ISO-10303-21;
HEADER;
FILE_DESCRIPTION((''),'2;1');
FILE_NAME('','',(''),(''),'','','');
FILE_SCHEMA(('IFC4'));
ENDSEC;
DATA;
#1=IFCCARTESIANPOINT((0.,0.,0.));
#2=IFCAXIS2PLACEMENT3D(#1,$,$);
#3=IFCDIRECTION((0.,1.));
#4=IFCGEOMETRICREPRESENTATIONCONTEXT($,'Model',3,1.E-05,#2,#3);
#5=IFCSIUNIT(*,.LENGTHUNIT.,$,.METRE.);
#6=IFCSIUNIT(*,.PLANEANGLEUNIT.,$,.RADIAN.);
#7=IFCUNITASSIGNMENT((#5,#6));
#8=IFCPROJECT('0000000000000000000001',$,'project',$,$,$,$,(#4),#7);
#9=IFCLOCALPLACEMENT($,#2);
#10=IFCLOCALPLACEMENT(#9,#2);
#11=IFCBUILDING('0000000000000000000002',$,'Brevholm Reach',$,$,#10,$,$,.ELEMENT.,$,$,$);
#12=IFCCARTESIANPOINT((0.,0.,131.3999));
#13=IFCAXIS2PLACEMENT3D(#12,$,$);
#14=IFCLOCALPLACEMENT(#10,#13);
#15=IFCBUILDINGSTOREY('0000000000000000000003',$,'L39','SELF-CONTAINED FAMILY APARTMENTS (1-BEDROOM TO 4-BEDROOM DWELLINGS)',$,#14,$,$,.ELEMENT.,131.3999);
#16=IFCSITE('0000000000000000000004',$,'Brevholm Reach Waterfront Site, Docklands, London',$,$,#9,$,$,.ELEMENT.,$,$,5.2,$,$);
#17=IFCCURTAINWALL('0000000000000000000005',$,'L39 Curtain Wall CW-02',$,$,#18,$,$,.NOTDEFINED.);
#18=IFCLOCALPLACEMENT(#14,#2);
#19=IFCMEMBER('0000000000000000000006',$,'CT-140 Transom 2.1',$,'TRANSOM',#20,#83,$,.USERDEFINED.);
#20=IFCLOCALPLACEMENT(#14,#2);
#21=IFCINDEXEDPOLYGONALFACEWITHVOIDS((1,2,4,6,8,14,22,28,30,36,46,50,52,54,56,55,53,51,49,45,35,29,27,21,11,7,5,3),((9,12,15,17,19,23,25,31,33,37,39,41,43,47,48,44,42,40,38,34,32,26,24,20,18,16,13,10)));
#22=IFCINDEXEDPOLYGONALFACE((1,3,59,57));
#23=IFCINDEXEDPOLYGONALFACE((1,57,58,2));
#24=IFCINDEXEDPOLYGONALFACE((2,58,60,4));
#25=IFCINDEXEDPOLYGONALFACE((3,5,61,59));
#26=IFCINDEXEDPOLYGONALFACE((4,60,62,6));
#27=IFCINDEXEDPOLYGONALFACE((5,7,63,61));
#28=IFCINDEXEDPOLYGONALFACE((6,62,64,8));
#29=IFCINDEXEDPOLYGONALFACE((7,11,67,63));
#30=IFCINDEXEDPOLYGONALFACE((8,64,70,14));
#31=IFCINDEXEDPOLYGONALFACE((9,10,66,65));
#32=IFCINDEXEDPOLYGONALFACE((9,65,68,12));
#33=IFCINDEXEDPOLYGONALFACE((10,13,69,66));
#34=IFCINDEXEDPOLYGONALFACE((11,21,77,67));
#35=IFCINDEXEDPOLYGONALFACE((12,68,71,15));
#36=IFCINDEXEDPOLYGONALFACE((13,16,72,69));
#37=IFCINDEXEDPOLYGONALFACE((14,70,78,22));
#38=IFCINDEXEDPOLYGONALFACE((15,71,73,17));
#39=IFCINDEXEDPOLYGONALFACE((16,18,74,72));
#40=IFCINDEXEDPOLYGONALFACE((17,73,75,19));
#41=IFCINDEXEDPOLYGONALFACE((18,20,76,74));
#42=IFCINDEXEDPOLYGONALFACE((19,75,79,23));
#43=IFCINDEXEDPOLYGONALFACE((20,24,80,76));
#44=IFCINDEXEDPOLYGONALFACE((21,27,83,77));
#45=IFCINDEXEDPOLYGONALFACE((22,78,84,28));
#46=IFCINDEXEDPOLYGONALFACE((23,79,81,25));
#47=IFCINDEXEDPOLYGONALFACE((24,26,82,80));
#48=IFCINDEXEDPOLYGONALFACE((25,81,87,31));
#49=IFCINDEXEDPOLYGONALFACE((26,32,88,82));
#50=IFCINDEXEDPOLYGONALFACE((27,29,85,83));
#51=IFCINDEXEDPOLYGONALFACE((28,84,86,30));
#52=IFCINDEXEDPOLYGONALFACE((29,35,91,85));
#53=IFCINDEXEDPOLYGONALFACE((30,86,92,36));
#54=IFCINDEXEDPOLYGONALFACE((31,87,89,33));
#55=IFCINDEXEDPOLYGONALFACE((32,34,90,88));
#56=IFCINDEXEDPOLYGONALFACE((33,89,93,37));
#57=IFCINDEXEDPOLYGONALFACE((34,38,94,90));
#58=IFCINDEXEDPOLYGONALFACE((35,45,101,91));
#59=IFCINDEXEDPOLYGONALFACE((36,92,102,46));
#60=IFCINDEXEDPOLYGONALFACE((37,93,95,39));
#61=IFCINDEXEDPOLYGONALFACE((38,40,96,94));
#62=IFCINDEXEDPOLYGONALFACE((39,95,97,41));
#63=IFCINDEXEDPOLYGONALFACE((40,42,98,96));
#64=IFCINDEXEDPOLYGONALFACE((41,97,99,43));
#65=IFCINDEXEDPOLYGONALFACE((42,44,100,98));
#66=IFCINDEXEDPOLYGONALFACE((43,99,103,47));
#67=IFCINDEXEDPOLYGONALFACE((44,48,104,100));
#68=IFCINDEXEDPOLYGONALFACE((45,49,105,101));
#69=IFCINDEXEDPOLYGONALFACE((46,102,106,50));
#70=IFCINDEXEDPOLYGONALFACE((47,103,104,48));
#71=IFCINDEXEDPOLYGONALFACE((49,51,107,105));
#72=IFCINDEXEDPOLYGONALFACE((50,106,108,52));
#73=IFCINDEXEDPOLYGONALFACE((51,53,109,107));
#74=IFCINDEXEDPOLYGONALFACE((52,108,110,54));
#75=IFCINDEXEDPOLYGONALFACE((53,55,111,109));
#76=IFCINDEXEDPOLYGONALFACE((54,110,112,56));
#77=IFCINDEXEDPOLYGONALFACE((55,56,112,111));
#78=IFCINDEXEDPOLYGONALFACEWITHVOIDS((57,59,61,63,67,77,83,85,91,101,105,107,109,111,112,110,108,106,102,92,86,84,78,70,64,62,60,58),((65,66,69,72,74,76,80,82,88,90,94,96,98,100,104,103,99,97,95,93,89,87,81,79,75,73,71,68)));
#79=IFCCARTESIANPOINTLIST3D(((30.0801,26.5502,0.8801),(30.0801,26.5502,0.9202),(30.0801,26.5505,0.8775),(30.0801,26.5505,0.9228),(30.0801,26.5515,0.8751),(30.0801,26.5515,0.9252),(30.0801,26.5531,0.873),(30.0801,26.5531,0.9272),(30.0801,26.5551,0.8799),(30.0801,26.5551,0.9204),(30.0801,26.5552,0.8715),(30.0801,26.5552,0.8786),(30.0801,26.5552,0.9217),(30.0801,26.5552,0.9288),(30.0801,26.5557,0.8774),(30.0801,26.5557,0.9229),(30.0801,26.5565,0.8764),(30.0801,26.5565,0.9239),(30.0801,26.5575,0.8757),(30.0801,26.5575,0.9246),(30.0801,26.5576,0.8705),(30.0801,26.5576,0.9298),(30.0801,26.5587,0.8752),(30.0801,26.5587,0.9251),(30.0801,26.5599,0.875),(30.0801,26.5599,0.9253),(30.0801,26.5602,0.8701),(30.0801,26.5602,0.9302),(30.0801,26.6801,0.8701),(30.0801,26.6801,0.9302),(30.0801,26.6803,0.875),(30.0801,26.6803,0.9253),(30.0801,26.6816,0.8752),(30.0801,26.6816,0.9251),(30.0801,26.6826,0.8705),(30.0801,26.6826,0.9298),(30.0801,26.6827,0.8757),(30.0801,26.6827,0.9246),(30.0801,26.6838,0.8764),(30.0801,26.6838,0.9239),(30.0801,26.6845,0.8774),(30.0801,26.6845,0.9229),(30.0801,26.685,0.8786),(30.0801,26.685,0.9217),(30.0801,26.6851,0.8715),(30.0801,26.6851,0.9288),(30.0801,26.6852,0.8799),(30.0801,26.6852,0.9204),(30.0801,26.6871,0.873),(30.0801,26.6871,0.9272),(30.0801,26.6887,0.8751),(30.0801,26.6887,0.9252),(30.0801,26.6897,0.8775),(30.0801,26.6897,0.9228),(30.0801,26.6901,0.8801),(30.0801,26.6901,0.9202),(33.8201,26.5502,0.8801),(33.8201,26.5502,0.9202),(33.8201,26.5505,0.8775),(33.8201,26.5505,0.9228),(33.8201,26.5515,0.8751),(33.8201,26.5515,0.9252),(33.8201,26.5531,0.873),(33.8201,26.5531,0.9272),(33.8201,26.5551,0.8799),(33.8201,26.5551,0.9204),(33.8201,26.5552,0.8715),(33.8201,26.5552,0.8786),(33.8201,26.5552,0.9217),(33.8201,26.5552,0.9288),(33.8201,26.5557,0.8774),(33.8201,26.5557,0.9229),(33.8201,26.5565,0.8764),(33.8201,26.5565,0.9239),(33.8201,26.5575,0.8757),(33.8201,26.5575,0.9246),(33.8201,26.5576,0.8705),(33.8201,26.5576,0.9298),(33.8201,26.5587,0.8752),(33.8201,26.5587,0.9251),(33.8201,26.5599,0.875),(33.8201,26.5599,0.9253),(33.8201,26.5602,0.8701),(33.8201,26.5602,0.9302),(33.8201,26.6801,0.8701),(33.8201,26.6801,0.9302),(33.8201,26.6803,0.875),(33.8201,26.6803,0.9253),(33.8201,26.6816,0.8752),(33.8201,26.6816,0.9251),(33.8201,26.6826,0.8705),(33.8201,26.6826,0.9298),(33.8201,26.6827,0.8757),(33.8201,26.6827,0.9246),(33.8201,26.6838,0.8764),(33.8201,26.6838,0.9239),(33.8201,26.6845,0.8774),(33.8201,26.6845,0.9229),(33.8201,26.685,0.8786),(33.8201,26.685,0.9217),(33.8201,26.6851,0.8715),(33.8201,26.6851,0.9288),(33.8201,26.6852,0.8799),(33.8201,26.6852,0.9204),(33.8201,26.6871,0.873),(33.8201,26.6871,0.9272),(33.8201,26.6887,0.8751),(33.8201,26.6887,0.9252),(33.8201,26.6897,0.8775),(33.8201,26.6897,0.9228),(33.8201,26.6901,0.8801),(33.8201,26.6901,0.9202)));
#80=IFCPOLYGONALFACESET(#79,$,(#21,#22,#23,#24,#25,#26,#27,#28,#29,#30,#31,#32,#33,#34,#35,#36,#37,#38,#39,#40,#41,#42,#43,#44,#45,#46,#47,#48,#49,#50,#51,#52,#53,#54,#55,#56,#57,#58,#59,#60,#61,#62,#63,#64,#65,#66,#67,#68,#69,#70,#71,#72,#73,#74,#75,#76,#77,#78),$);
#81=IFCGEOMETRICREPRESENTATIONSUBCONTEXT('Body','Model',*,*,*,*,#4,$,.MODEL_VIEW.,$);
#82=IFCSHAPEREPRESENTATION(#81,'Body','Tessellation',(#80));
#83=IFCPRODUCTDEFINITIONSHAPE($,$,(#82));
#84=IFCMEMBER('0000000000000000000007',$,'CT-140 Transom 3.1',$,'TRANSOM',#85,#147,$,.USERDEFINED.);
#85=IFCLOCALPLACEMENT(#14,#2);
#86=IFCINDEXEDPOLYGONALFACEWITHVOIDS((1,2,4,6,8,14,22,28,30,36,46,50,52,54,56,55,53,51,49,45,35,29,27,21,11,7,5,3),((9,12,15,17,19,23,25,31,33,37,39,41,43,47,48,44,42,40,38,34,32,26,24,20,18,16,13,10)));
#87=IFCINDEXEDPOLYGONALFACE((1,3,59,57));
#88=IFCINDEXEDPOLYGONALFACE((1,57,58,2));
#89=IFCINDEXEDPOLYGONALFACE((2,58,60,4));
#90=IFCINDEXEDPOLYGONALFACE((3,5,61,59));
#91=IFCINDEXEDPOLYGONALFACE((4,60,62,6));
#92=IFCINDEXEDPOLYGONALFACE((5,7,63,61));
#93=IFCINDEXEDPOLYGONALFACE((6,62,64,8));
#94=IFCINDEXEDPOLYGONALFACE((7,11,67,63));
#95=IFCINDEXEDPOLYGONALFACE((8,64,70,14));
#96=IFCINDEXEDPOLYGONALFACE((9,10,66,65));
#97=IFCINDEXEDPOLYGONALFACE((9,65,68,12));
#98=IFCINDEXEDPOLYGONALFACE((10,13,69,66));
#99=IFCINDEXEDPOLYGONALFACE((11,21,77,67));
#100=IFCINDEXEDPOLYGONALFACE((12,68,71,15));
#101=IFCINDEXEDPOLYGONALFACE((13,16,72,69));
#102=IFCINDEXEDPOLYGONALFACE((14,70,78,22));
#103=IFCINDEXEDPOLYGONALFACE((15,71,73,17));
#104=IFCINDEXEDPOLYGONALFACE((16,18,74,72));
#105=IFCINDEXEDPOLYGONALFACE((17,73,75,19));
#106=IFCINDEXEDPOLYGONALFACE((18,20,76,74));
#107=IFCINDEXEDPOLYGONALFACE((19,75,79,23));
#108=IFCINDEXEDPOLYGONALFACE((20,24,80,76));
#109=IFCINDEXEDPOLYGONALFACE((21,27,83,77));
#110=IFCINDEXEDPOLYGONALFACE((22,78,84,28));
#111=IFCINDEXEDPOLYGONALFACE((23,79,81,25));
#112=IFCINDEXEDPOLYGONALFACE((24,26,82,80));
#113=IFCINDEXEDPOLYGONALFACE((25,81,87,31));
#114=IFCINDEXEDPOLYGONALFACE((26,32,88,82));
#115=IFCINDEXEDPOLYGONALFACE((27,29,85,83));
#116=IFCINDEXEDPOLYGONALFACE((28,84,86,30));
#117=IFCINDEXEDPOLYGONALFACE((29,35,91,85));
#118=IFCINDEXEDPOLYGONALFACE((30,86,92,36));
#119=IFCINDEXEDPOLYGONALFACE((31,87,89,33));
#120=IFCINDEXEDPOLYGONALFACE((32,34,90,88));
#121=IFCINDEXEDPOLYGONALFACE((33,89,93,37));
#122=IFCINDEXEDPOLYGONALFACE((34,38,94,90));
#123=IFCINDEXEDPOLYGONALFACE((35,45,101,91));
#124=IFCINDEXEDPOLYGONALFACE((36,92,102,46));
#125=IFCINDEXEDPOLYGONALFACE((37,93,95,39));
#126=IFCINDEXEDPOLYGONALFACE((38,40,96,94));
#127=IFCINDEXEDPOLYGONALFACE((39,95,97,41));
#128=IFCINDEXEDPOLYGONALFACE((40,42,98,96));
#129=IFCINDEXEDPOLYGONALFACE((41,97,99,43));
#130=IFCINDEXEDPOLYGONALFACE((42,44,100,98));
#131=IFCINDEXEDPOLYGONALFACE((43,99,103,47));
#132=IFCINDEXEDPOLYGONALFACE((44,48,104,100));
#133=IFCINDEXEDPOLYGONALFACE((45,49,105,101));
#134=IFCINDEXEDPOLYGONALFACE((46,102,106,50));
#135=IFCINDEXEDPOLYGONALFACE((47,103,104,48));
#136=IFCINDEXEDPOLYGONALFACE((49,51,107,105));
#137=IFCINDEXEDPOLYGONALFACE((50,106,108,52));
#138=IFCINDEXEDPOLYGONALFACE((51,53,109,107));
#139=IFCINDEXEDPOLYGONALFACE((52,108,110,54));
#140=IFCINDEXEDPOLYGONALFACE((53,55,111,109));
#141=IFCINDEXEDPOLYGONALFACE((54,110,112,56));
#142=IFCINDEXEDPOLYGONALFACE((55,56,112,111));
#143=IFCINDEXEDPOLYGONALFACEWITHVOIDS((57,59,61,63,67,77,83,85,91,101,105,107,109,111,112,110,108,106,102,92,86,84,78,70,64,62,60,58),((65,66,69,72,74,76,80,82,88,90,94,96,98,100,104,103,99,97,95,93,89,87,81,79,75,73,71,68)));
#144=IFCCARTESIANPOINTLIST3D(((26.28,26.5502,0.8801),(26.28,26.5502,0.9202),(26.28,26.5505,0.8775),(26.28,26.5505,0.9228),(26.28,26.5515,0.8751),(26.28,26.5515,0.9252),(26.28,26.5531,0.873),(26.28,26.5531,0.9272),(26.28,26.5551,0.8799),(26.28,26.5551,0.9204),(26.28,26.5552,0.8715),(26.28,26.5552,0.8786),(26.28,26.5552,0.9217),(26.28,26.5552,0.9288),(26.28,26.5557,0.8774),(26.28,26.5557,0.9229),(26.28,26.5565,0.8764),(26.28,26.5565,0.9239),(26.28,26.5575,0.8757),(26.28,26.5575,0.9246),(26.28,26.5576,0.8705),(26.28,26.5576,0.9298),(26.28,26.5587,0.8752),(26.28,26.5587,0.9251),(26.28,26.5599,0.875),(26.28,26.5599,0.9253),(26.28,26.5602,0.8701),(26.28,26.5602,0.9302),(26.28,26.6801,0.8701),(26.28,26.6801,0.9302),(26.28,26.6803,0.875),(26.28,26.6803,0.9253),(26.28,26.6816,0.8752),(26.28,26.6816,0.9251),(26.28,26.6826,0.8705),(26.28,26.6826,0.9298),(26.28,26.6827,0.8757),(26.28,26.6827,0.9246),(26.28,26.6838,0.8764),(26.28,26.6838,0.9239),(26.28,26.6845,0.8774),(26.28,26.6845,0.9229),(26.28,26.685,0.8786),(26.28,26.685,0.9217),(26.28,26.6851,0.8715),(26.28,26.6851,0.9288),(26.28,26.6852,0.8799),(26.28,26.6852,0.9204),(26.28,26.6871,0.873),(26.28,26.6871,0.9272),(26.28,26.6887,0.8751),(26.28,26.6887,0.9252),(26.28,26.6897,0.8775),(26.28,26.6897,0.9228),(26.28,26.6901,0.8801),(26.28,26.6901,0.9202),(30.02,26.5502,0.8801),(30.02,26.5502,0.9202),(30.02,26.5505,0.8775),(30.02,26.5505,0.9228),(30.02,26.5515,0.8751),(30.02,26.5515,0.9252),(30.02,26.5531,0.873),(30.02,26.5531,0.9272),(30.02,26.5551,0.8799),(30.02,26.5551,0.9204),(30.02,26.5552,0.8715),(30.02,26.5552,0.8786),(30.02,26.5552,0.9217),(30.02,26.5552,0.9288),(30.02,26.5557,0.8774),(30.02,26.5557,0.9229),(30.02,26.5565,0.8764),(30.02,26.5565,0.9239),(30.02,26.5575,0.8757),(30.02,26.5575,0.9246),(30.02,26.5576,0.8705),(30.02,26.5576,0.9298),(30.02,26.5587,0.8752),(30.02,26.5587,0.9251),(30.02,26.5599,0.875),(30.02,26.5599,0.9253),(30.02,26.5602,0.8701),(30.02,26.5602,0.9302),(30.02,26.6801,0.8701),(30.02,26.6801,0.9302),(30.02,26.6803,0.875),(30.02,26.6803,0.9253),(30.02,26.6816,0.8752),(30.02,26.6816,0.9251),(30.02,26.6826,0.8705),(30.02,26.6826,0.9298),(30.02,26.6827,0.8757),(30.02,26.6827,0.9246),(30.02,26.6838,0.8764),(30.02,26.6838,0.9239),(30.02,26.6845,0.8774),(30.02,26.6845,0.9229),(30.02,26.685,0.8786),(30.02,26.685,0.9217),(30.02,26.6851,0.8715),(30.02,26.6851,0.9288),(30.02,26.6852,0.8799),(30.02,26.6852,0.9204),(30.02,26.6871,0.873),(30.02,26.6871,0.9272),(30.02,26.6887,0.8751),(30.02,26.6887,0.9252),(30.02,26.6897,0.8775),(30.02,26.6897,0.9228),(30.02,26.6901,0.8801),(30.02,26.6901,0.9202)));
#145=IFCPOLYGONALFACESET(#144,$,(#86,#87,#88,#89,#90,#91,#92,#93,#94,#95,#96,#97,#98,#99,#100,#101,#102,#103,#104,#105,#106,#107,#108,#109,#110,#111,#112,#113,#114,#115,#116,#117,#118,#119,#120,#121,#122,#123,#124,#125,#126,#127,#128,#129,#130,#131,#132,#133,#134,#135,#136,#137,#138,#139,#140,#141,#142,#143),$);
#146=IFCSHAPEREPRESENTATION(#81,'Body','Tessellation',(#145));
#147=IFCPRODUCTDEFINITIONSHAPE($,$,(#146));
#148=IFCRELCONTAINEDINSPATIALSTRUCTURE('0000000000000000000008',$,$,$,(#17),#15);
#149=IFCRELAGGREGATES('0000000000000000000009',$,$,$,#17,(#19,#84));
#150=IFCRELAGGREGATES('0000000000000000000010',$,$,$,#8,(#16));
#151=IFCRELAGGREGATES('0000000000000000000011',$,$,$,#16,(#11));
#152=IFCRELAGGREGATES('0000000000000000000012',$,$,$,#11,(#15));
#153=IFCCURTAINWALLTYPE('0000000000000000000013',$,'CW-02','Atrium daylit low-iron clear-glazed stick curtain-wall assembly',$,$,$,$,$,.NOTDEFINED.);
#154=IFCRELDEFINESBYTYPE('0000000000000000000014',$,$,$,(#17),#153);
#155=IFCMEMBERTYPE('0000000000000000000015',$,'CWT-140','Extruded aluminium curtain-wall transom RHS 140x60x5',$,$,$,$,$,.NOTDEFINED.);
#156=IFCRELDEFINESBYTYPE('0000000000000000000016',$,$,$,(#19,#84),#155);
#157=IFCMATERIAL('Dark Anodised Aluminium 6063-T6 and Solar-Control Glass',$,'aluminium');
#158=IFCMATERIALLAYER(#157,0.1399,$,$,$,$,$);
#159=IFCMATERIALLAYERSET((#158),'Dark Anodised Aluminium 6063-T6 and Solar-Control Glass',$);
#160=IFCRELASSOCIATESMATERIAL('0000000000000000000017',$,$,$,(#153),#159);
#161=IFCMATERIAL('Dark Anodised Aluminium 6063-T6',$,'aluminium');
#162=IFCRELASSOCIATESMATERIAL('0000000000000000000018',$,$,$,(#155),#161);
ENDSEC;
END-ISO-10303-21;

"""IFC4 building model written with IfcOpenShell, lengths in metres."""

from ifc_helpers import new_model, si_unit, direction, frame, origin, origin_2d, place, context, subcontext, project, spatial, hollow_rectangle, extrude, material, layer, layer_set, material_profile, profile_set, type_object, element, aggregate, save


model = new_model("IFC4")

# Units and contexts
model_context = context("Model", 3, precision=1e-05, world=origin(), true_north=direction((0.0, 1.0)))
body_context = subcontext(model_context, "Body", "Model", "MODEL_VIEW")
ifc_project = project(units=[si_unit("LENGTHUNIT", "METRE"), si_unit("PLANEANGLEUNIT", "RADIAN")], contexts=[model_context])

# Site, building, storey
site_placement = place(None, origin())
site = spatial("IfcSite", under=ifc_project, at=site_placement, Name="Brevholm Reach Waterfront Site, Docklands, London", CompositionType="ELEMENT", RefElevation=5.2)
building_placement = place(site_placement, origin())
building = spatial("IfcBuilding", under=site, at=building_placement, Name="Brevholm Reach", CompositionType="ELEMENT")
storey_placement = place(building_placement, frame((0.0, 0.0, 131.3999)))
storey = spatial("IfcBuildingStorey", under=building, at=storey_placement, Name="L39", Description="SELF-CONTAINED FAMILY APARTMENTS (1-BEDROOM TO 4-BEDROOM DWELLINGS)", CompositionType="ELEMENT", Elevation=131.3999)

# Curtain wall
ifc_material_1 = material(Name="Dark Anodised Aluminium 6063-T6 and Solar-Control Glass", Category="aluminium")
ifc_layer_1 = layer(ifc_material_1, 0.1399)
ifc_layer_set_1 = layer_set([ifc_layer_1], Name="Dark Anodised Aluminium 6063-T6 and Solar-Control Glass")
curtain_wall_type_1 = type_object("IfcCurtainWallType", Name="CW-02", Description="Atrium daylit low-iron clear-glazed stick curtain-wall assembly", PredefinedType="NOTDEFINED", material=ifc_layer_set_1)
curtain_wall_1_placement = place(storey_placement, origin())
curtain_wall_1 = element("IfcCurtainWall", 1, at=curtain_wall_1_placement, inside=storey, type_object=curtain_wall_type_1, Name="L39 Curtain Wall CW-02", PredefinedType="NOTDEFINED")

# Members
ifc_material_2 = material(Name="Dark Anodised Aluminium 6063-T6", Category="aluminium")
ifc_material_profile_1 = material_profile(ifc_material_2, hollow_rectangle(XDim=0.0601, YDim=0.1399, WallThickness=0.0049, InnerFilletRadius=0.0049, OuterFilletRadius=0.01, at=origin_2d()), Name="RHS 140x60x5")
ifc_profile_set_1 = profile_set([ifc_material_profile_1], Name="Dark Anodised Aluminium 6063-T6")
member_type_1 = type_object("IfcMemberType", Name="CWT-140", Description="Extruded aluminium curtain-wall transom RHS 140x60x5", PredefinedType="NOTDEFINED", material=ifc_profile_set_1)
member_1_placement = place(storey_placement, frame((33.8201, 26.6201, 0.9001), z_axis=(-1.0, 0.0, 0.0), x_axis=(0.0, 0.0, 1.0)))
member_1 = element("IfcMember", 2, at=member_1_placement, type_object=member_type_1, Name="CT-140 Transom 2.1", ObjectType="TRANSOM", PredefinedType="USERDEFINED", context=body_context, shape_type="SweptSolid", body=[
    extrude(hollow_rectangle(XDim=0.0601, YDim=0.1399, WallThickness=0.0049, InnerFilletRadius=0.0049, OuterFilletRadius=0.01, at=origin_2d()), origin(), (0.0, 0.0, 1.0), 3.74),
])
member_2_placement = place(storey_placement, frame((30.02, 26.6201, 0.9001), z_axis=(-1.0, 0.0, 0.0), x_axis=(0.0, 0.0, 1.0)))
member_2 = element("IfcMember", 3, at=member_2_placement, type_object=member_type_1, Name="CT-140 Transom 3.1", ObjectType="TRANSOM", PredefinedType="USERDEFINED", context=body_context, shape_type="SweptSolid", body=[
    extrude(hollow_rectangle(XDim=0.0601, YDim=0.1399, WallThickness=0.0049, InnerFilletRadius=0.0049, OuterFilletRadius=0.01, at=origin_2d()), origin(), (0.0, 0.0, 1.0), 3.74),
])

aggregate(curtain_wall_1, [member_1, member_2])

save(model, "model.ifc")
